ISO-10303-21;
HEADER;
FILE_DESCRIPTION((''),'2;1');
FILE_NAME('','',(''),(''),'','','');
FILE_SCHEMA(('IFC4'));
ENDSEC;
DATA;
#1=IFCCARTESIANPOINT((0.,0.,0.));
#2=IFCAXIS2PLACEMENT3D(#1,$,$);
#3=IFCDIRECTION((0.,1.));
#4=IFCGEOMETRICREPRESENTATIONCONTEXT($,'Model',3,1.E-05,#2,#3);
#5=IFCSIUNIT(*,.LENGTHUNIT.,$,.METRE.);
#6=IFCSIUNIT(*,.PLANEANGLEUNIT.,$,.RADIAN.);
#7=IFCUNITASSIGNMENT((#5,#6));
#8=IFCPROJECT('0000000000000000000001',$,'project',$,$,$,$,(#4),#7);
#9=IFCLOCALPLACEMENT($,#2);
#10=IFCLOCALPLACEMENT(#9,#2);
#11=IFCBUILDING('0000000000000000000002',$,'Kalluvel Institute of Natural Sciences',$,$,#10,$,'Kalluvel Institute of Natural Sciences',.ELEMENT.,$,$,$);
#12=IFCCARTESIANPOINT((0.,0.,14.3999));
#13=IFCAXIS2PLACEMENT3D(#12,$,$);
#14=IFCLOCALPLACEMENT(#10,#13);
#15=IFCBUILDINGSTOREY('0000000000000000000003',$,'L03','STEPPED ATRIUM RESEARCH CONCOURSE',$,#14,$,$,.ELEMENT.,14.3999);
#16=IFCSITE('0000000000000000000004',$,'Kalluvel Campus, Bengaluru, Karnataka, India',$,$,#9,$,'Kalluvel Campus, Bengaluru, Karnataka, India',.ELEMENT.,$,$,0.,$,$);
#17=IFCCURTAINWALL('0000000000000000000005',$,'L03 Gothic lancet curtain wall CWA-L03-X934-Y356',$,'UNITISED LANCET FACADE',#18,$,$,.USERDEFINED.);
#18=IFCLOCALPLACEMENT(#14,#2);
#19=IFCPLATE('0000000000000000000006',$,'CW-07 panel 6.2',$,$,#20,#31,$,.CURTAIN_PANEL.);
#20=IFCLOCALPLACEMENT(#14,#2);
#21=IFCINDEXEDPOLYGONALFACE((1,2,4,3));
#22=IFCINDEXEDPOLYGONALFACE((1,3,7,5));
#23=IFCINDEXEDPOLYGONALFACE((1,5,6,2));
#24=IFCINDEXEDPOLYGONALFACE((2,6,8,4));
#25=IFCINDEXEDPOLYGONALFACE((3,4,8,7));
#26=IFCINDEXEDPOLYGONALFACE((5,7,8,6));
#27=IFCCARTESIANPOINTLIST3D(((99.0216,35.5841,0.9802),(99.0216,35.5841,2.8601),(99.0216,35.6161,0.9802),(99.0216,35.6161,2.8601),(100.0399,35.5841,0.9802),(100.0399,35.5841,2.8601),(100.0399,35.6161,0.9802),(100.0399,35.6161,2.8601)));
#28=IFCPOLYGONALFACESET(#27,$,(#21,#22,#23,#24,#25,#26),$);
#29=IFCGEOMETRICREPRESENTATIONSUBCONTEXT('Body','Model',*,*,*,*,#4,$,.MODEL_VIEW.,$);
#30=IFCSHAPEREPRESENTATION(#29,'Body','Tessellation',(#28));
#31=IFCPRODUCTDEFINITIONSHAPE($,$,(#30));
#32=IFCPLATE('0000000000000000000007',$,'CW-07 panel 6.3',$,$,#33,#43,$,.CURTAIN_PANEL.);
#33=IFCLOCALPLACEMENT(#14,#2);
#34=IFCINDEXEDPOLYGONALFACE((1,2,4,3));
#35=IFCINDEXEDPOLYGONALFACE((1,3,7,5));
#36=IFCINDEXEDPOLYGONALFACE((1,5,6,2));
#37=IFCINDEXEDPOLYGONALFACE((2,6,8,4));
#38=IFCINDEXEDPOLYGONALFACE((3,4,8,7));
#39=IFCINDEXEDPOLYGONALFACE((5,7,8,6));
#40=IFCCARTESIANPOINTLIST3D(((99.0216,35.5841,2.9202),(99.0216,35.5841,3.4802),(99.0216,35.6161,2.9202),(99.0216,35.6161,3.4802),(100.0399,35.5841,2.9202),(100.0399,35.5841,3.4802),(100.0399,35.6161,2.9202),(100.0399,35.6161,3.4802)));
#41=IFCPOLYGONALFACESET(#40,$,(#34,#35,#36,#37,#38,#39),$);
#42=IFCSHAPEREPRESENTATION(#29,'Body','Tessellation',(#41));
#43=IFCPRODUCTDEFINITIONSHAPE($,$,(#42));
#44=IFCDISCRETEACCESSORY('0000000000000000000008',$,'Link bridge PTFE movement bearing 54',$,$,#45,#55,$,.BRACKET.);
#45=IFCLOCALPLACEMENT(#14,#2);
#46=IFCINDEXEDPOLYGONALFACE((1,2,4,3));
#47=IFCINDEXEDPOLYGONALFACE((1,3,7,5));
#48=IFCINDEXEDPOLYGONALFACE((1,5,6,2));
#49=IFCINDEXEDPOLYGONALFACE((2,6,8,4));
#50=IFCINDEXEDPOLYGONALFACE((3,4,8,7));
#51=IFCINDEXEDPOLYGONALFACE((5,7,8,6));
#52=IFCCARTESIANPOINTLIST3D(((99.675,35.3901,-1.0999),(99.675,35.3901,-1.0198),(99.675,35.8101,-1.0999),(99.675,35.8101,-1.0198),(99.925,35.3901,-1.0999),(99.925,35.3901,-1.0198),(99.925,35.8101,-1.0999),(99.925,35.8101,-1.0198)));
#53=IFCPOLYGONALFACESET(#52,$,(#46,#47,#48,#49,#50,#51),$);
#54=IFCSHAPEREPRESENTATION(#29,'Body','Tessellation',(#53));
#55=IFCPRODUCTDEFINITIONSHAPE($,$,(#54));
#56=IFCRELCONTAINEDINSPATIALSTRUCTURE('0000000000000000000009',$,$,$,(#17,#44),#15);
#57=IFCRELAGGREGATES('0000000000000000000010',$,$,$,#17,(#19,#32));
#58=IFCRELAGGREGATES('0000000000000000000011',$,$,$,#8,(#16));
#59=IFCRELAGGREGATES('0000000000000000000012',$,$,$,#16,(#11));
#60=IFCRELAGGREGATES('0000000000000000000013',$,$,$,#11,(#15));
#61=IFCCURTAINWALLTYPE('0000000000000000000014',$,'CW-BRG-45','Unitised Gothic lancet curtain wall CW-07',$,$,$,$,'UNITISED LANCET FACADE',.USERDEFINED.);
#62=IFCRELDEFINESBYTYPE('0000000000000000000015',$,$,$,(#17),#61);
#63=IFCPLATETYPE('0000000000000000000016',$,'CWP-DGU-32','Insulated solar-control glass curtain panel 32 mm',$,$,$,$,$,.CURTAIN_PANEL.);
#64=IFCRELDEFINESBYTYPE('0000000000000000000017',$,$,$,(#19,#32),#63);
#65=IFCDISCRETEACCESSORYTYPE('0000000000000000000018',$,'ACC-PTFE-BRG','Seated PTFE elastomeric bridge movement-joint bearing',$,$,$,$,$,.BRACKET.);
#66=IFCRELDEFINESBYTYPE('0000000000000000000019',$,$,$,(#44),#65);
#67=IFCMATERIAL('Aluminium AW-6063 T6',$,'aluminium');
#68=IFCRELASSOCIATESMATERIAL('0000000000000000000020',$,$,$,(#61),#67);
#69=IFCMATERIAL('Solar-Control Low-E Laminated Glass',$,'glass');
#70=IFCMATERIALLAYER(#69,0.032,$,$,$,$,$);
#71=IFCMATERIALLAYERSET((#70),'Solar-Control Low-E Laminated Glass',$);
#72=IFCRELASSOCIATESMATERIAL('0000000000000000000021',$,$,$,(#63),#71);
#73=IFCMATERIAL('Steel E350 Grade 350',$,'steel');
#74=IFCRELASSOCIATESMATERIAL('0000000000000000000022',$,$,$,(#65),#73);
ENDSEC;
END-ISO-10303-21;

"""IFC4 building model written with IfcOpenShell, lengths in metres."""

from ifc_helpers import new_model, si_unit, direction, frame, origin, origin_2d, place, context, subcontext, project, spatial, rectangle, extrude, material, layer, layer_set, type_object, element, aggregate, save


model = new_model("IFC4")

# Units and contexts
model_context = context("Model", 3, precision=1e-05, world=origin(), true_north=direction((0.0, 1.0)))
body_context = subcontext(model_context, "Body", "Model", "MODEL_VIEW")
ifc_project = project(units=[si_unit("LENGTHUNIT", "METRE"), si_unit("PLANEANGLEUNIT", "RADIAN")], contexts=[model_context])

# Site, building, storey
site_placement = place(None, origin())
site = spatial("IfcSite", under=ifc_project, at=site_placement, Name="Kalluvel Campus, Bengaluru, Karnataka, India", LongName="Kalluvel Campus, Bengaluru, Karnataka, India", CompositionType="ELEMENT", RefElevation=0.0)
building_placement = place(site_placement, origin())
building = spatial("IfcBuilding", under=site, at=building_placement, Name="Kalluvel Institute of Natural Sciences", LongName="Kalluvel Institute of Natural Sciences", CompositionType="ELEMENT")
storey_placement = place(building_placement, frame((0.0, 0.0, 14.3999)))
storey = spatial("IfcBuildingStorey", under=building, at=storey_placement, Name="L03", Description="STEPPED ATRIUM RESEARCH CONCOURSE", CompositionType="ELEMENT", Elevation=14.3999)

# Curtain wall, plates
ifc_material_1 = material(Name="Aluminium AW-6063 T6", Category="aluminium")
curtain_wall_type = type_object("IfcCurtainWallType", Name="CW-BRG-45", Description="Unitised Gothic lancet curtain wall CW-07", ElementType="UNITISED LANCET FACADE", PredefinedType="USERDEFINED", material=ifc_material_1)
curtain_wall_placement = place(storey_placement, origin())
curtain_wall = element("IfcCurtainWall", 1, at=curtain_wall_placement, inside=storey, type_object=curtain_wall_type, Name="L03 Gothic lancet curtain wall CWA-L03-X934-Y356", ObjectType="UNITISED LANCET FACADE", PredefinedType="USERDEFINED")
ifc_material_2 = material(Name="Solar-Control Low-E Laminated Glass", Category="glass")
ifc_layer = layer(ifc_material_2, 0.032)
ifc_layer_set = layer_set([ifc_layer], Name="Solar-Control Low-E Laminated Glass")
plate_type = type_object("IfcPlateType", Name="CWP-DGU-32", Description="Insulated solar-control glass curtain panel 32 mm", PredefinedType="CURTAIN_PANEL", material=ifc_layer_set)
plate_1_placement = place(storey_placement, frame((99.5308, 35.6001, 0.9802), z_axis=(0.0, 0.0, 1.0), x_axis=(1.0, 0.0, 0.0)))
plate_1 = element("IfcPlate", 2, at=plate_1_placement, type_object=plate_type, Name="CW-07 panel 6.2", PredefinedType="CURTAIN_PANEL", context=body_context, shape_type="SweptSolid", body=[
    extrude(rectangle(XDim=1.0183, YDim=0.032, at=origin_2d()), origin(), (0.0, 0.0, 1.0), 1.8799),
])
plate_2_placement = place(storey_placement, frame((99.5308, 35.6001, 2.9202), z_axis=(0.0, 0.0, 1.0), x_axis=(1.0, 0.0, 0.0)))
plate_2 = element("IfcPlate", 3, at=plate_2_placement, type_object=plate_type, Name="CW-07 panel 6.3", PredefinedType="CURTAIN_PANEL", context=body_context, shape_type="SweptSolid", body=[
    extrude(rectangle(XDim=1.0183, YDim=0.032, at=origin_2d()), origin(), (0.0, 0.0, 1.0), 0.5601),
])
aggregate(curtain_wall, [plate_1, plate_2])

# Discrete accessory
ifc_material_3 = material(Name="Steel E350 Grade 350", Category="steel")
discrete_accessory_type = type_object("IfcDiscreteAccessoryType", Name="ACC-PTFE-BRG", Description="Seated PTFE elastomeric bridge movement-joint bearing", PredefinedType="BRACKET", material=ifc_material_3)
discrete_accessory_placement = place(storey_placement, frame((99.8, 35.6001, -1.0999), z_axis=(0.0, 0.0, 1.0), x_axis=(1.0, 0.0, 0.0)))
element("IfcDiscreteAccessory", 4, at=discrete_accessory_placement, inside=storey, type_object=discrete_accessory_type, Name="Link bridge PTFE movement bearing 54", PredefinedType="BRACKET", context=body_context, shape_type="SweptSolid", body=[
    extrude(rectangle(XDim=0.25, YDim=0.4199, at=origin_2d()), origin(), (0.0, 0.0, 1.0), 0.0801),
])

save(model, "model.ifc")
